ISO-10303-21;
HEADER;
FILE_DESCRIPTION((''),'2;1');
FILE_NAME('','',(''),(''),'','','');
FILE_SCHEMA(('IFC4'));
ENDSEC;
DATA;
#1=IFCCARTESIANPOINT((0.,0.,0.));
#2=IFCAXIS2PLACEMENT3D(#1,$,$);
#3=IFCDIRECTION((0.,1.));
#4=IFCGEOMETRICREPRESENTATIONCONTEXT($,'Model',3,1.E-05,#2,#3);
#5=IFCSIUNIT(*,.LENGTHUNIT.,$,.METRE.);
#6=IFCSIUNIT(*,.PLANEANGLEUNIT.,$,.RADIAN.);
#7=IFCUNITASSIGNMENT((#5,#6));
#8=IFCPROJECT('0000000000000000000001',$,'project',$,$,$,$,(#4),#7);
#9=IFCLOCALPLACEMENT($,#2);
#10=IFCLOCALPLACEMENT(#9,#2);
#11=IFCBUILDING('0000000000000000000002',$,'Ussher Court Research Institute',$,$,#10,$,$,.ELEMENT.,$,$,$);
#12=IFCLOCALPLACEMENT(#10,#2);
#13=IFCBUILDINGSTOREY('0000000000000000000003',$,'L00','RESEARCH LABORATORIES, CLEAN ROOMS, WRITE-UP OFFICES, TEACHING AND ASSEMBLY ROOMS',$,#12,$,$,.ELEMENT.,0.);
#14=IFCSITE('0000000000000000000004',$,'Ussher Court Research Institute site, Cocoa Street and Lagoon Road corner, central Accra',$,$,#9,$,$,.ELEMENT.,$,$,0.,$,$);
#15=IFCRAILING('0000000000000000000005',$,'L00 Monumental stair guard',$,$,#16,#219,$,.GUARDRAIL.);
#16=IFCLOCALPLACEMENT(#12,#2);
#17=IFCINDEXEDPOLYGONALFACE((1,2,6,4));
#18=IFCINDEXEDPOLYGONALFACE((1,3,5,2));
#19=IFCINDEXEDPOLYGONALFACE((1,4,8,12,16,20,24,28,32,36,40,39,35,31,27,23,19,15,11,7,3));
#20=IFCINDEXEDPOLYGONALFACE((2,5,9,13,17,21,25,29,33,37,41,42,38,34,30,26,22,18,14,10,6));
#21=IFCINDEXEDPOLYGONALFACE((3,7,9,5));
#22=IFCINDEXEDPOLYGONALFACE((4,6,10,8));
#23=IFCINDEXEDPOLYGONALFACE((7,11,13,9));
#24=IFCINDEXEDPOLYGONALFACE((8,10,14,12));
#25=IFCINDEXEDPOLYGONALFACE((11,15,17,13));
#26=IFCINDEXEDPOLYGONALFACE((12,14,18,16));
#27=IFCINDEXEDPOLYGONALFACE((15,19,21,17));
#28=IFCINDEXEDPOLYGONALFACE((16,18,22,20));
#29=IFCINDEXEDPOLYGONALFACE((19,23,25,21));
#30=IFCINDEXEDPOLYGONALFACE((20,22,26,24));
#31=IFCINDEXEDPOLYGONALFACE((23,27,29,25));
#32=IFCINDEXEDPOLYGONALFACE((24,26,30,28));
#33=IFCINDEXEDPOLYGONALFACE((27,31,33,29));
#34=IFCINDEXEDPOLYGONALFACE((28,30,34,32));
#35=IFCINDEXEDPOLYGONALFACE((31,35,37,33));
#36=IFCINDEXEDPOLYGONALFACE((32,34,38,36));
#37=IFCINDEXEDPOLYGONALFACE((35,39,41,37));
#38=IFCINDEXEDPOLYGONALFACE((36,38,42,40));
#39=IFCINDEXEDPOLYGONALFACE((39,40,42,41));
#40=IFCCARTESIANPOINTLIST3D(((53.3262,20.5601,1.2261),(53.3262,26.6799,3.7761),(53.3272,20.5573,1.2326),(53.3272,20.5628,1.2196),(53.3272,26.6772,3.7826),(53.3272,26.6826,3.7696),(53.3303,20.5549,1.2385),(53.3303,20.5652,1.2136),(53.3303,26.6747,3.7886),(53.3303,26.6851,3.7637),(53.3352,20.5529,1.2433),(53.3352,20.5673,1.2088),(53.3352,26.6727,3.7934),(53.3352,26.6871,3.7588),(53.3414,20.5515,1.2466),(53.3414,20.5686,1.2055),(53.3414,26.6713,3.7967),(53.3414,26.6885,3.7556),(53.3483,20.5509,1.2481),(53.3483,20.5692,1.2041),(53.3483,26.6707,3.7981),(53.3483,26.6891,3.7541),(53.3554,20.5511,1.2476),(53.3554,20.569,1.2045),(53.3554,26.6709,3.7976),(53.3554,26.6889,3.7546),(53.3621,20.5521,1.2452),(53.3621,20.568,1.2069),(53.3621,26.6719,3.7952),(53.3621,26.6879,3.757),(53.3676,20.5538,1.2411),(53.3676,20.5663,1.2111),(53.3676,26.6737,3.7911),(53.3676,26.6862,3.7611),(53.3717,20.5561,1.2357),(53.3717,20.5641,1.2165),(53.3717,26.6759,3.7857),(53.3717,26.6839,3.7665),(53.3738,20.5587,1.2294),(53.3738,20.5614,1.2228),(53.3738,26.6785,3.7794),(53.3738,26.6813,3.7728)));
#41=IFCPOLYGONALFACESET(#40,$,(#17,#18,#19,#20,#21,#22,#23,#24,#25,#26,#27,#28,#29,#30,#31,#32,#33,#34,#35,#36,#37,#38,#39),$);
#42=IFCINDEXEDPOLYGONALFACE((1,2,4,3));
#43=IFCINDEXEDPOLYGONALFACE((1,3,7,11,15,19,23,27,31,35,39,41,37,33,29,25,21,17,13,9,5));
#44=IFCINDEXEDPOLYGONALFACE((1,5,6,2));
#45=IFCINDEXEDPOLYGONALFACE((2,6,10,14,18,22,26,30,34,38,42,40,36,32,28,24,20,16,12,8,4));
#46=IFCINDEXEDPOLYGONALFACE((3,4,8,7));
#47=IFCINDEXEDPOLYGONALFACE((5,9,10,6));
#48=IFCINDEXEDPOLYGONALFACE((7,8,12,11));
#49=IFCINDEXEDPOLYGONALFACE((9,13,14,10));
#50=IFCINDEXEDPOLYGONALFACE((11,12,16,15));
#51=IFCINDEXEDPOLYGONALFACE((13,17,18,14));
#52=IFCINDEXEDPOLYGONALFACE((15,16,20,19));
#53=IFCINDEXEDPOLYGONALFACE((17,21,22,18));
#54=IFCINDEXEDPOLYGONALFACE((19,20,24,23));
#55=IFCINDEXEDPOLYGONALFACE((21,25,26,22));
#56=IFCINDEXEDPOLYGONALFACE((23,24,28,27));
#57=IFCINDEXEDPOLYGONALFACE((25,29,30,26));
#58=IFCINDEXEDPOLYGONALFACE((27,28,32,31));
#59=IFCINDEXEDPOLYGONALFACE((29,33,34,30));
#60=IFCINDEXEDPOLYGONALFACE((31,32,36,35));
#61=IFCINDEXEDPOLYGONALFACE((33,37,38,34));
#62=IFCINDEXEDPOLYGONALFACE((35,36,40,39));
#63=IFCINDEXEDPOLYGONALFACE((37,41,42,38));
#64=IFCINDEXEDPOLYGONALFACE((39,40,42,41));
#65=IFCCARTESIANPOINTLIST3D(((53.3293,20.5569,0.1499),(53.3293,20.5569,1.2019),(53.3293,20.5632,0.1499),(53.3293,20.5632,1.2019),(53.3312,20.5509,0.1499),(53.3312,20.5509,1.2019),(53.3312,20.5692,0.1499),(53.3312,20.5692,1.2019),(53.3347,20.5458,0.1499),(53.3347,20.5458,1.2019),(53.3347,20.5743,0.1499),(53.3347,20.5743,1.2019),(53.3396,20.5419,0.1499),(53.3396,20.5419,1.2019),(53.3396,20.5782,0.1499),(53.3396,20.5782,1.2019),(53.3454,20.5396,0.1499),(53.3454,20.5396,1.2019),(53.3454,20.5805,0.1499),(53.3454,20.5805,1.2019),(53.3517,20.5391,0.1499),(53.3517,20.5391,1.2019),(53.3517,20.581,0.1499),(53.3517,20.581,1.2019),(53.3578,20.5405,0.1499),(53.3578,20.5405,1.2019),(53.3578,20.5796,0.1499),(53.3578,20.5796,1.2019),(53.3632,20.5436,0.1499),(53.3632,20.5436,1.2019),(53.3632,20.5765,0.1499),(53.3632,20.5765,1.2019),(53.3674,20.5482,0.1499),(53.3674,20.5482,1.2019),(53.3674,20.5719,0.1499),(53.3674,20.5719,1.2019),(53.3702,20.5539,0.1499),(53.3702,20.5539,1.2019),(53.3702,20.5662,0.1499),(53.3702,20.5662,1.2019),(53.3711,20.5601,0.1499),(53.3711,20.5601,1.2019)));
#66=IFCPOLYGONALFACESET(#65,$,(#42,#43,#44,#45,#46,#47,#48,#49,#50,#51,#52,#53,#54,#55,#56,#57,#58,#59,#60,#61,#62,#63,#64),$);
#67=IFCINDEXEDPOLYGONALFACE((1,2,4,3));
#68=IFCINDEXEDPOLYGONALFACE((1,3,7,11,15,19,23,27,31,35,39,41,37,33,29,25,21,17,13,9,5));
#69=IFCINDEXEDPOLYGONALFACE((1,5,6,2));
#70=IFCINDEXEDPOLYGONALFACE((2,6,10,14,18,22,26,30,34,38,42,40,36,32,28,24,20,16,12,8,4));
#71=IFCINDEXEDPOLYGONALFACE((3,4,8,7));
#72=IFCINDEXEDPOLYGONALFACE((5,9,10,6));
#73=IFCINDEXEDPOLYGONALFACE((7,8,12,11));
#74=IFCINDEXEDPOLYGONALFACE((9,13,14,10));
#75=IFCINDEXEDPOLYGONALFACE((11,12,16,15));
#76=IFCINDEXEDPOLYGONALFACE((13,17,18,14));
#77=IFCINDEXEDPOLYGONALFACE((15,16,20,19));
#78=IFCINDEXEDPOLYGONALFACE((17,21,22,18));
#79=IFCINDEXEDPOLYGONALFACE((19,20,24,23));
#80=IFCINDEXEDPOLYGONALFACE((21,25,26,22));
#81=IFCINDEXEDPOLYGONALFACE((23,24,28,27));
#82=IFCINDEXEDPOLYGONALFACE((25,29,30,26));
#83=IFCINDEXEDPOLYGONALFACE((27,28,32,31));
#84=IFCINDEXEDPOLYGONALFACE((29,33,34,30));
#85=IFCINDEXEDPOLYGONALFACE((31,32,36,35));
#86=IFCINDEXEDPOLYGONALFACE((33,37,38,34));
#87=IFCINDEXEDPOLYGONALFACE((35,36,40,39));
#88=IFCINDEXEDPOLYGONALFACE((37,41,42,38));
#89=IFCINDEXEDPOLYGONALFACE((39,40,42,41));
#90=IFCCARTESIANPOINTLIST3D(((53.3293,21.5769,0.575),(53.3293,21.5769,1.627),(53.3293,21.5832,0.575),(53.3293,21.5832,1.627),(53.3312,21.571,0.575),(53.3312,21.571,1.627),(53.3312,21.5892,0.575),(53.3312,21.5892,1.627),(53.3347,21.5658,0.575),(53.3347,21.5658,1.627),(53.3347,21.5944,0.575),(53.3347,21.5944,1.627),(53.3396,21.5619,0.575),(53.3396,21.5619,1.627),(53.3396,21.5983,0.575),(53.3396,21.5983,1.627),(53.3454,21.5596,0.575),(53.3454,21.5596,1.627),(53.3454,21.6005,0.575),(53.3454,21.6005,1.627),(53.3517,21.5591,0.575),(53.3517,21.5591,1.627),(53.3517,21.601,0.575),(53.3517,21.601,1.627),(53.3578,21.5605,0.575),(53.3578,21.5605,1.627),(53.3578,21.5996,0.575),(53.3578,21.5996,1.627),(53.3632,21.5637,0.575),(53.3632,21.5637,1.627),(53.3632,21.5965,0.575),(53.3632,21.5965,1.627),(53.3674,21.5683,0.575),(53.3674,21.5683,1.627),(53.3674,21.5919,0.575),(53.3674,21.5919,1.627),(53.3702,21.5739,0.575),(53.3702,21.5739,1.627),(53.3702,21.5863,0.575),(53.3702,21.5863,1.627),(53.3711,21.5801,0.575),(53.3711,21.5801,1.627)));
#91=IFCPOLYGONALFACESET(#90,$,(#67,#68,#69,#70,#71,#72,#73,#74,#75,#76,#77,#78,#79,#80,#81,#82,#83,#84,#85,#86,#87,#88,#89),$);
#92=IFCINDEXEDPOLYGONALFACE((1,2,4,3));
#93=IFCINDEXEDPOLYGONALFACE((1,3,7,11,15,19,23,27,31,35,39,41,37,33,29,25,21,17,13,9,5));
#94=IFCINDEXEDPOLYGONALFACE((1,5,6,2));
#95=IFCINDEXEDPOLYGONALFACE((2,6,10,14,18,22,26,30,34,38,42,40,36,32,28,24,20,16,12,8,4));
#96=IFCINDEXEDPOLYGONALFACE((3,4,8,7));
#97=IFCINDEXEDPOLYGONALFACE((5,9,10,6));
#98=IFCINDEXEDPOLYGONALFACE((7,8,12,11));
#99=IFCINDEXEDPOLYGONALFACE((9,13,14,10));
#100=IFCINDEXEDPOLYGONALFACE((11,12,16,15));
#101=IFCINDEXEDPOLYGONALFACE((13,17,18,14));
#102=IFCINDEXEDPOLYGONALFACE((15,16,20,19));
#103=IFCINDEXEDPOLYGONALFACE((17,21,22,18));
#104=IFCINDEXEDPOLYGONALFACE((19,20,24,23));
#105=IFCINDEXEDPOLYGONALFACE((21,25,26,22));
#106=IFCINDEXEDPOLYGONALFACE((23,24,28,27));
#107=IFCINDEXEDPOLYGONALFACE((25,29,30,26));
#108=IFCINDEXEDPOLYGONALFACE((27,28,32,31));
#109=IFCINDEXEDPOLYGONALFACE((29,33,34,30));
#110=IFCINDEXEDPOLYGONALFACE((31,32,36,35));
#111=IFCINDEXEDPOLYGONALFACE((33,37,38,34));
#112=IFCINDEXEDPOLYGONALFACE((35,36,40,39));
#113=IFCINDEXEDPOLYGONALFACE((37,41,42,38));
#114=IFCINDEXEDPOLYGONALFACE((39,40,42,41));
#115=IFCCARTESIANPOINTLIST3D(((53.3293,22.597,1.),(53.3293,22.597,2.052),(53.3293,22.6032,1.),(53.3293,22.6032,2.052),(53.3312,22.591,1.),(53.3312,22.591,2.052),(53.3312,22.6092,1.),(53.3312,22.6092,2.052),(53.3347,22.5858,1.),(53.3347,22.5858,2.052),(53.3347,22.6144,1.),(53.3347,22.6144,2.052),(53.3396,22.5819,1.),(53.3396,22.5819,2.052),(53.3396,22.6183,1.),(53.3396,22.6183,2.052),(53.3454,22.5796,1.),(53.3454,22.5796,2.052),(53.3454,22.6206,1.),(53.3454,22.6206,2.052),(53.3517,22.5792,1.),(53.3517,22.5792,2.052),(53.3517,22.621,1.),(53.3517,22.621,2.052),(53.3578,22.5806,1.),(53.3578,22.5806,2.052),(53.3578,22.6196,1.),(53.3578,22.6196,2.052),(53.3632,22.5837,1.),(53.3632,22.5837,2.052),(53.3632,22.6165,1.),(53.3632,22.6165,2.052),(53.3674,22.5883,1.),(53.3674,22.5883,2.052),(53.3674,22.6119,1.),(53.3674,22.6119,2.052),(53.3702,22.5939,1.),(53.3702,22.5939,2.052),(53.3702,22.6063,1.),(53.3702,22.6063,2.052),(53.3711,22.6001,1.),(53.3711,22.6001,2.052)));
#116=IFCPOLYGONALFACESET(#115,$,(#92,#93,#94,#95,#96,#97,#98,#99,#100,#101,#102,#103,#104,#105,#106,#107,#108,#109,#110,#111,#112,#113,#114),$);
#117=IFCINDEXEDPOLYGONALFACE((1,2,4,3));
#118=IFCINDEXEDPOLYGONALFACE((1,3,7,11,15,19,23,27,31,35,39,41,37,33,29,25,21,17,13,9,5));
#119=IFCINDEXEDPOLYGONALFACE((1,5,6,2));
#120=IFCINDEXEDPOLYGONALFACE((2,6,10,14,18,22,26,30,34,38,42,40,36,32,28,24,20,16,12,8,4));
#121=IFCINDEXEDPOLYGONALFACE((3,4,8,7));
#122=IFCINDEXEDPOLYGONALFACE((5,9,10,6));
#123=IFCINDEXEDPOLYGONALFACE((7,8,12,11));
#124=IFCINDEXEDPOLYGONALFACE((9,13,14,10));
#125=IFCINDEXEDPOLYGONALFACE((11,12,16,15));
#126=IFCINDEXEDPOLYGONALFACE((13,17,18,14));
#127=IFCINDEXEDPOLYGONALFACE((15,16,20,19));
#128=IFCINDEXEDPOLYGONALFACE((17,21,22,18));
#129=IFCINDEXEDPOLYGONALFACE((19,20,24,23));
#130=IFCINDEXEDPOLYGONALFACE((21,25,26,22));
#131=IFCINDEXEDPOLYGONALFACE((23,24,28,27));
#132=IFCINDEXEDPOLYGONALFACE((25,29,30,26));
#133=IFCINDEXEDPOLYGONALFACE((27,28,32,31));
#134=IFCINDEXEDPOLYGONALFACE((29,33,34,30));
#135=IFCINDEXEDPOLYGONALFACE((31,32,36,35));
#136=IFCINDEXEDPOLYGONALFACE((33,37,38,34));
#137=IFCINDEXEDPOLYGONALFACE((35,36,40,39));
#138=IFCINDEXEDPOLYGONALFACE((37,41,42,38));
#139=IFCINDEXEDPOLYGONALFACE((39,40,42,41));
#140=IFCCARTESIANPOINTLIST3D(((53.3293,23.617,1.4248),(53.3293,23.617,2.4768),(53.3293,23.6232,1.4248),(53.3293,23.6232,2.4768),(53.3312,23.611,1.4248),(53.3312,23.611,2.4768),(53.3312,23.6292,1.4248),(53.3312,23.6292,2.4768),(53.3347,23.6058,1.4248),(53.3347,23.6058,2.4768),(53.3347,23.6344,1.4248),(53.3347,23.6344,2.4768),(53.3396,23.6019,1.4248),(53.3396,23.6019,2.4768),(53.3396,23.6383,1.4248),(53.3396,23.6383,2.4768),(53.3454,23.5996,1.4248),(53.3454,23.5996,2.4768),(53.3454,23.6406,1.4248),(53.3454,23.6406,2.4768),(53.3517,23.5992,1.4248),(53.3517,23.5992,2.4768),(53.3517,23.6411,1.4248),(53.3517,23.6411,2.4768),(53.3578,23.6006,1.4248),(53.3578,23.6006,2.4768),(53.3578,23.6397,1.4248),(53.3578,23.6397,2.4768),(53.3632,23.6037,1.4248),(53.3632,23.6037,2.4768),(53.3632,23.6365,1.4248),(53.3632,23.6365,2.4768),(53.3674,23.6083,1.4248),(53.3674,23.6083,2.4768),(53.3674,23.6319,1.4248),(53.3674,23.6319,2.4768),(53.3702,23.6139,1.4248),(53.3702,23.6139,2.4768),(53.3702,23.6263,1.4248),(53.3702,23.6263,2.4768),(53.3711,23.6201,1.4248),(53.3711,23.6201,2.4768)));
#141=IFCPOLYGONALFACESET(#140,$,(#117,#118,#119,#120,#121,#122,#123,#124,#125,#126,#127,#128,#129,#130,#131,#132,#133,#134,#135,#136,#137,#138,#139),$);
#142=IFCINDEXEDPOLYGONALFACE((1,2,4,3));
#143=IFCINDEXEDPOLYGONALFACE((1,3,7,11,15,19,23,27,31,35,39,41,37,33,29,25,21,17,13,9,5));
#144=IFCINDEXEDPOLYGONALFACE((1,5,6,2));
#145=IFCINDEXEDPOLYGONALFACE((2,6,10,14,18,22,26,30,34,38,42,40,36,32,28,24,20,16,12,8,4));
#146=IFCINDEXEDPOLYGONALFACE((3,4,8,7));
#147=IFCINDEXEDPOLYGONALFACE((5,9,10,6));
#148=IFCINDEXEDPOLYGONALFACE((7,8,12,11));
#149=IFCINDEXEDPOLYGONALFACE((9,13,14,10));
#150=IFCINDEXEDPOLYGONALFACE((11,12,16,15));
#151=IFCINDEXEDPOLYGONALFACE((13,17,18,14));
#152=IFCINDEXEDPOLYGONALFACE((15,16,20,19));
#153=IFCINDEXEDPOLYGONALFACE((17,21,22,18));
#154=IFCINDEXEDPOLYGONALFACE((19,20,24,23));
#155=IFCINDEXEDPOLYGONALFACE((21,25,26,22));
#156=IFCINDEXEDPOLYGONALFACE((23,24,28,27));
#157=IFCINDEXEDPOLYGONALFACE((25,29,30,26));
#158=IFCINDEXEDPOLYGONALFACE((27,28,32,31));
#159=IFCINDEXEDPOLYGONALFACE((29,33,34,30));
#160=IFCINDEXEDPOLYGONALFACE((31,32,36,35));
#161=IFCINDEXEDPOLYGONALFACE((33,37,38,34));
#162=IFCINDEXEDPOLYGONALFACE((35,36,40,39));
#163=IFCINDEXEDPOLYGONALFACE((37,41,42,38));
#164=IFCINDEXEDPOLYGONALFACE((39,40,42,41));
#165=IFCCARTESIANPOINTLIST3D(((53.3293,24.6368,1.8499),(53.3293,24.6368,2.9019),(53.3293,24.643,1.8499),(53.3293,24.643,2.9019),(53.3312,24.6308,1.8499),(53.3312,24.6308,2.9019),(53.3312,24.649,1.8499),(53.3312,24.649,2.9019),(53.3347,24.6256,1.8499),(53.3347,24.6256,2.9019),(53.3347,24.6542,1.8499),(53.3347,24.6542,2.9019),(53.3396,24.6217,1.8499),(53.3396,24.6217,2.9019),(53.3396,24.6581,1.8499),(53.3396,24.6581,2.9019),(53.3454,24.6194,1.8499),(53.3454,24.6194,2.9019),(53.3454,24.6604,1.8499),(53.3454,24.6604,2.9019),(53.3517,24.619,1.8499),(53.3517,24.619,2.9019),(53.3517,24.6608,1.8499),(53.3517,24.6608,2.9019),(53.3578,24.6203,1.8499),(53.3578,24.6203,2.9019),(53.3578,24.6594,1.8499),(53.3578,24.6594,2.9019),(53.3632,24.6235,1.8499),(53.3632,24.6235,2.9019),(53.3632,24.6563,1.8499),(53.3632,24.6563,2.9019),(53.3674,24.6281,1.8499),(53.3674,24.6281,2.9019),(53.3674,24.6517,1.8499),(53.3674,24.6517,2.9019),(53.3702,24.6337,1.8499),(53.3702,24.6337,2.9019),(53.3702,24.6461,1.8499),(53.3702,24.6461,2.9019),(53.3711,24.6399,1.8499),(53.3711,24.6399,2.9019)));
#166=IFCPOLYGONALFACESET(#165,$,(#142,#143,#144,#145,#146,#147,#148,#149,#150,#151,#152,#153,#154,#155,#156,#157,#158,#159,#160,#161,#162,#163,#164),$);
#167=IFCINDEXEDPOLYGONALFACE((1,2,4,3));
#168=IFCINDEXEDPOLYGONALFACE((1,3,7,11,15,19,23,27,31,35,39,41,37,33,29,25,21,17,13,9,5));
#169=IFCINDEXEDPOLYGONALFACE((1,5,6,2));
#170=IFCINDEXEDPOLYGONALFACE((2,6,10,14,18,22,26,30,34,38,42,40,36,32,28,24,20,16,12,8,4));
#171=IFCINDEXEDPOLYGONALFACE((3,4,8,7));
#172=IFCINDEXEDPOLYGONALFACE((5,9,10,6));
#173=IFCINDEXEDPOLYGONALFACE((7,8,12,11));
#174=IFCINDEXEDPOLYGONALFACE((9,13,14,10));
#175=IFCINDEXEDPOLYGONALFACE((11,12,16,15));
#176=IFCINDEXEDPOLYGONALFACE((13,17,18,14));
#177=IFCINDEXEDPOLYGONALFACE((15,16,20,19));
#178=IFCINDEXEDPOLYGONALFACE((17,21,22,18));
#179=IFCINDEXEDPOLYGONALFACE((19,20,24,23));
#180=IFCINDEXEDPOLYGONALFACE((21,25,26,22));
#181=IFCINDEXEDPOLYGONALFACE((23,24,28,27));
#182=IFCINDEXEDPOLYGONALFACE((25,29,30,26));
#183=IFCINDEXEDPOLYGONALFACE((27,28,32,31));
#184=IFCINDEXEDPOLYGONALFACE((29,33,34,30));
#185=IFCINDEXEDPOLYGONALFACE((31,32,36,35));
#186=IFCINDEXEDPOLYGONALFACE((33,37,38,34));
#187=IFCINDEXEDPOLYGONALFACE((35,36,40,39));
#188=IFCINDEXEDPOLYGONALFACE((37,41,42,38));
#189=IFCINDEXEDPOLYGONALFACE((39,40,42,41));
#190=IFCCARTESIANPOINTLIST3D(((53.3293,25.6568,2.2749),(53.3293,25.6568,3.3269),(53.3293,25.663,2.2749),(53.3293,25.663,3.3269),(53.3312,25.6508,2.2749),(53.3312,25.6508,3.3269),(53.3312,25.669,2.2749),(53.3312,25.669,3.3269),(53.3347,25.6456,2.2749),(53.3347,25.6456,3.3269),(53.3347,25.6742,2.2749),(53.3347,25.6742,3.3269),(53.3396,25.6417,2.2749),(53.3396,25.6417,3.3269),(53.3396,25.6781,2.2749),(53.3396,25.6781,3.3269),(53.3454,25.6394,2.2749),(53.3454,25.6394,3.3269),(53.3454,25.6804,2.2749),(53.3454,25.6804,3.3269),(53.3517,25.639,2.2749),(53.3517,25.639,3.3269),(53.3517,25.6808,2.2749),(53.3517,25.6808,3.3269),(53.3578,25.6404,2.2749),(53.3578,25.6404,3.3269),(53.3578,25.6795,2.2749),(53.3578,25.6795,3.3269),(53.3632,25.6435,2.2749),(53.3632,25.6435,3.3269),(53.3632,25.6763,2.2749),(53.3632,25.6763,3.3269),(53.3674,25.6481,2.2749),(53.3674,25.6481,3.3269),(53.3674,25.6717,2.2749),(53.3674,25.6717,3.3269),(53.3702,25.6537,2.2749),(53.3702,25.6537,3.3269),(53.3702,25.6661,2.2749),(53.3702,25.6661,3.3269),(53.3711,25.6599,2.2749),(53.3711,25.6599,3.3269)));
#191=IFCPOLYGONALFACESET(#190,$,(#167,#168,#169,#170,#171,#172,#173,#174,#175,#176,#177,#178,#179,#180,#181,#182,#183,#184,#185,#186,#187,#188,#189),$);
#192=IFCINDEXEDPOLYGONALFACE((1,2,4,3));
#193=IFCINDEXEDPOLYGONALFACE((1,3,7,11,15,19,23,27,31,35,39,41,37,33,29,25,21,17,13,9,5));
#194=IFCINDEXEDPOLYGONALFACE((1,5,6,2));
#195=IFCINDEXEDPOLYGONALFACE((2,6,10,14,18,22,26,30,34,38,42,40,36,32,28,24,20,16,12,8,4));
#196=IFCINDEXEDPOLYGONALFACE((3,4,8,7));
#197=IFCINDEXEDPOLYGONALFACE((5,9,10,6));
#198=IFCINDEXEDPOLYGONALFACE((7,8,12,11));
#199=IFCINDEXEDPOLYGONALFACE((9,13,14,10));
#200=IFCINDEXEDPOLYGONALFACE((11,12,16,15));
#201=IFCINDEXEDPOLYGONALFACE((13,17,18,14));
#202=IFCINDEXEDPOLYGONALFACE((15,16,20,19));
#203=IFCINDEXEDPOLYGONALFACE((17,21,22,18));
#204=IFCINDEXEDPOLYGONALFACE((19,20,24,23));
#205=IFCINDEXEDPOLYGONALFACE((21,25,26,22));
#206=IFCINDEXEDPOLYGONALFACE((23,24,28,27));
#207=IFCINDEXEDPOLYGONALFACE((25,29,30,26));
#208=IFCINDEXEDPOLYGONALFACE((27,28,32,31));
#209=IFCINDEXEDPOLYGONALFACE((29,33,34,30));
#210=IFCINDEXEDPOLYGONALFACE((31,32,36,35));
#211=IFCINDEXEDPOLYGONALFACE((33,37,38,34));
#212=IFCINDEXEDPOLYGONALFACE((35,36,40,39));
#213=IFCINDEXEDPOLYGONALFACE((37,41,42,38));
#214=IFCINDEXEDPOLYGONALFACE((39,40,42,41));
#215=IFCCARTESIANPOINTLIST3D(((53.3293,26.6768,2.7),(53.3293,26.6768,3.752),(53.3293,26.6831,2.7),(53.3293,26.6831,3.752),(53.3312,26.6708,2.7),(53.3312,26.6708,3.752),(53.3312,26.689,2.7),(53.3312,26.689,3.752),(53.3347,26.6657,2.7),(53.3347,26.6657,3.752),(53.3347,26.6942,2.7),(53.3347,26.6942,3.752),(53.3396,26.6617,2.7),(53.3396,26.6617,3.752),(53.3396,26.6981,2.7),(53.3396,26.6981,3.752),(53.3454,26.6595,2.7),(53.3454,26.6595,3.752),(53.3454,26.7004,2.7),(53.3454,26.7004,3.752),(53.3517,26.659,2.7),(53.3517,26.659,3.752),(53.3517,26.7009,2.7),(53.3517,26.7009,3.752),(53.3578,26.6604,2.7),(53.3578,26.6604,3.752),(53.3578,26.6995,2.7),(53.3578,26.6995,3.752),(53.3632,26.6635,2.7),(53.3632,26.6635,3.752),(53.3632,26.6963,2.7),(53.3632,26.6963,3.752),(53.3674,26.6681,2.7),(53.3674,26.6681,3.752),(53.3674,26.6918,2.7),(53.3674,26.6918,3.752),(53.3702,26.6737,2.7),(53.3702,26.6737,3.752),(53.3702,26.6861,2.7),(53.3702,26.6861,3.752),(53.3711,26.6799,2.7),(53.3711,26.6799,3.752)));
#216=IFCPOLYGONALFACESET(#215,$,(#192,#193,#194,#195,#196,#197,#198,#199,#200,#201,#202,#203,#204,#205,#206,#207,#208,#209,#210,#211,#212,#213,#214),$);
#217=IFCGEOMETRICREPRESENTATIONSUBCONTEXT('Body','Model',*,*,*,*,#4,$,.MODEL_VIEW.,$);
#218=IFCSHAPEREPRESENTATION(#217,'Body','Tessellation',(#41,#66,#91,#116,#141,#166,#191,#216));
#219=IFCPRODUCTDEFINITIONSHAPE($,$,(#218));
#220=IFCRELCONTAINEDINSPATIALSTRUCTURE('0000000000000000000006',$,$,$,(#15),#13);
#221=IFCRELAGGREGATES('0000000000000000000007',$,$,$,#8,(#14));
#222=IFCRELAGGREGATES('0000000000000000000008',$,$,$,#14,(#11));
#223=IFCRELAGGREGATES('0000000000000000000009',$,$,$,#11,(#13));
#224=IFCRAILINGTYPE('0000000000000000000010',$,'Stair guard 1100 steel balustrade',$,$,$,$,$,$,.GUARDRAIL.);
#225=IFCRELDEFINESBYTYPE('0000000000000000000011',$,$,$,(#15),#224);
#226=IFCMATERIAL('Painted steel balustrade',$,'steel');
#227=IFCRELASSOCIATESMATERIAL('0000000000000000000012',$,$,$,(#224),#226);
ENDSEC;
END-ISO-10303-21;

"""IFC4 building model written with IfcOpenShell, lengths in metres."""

from ifc_helpers import new_model, si_unit, direction, frame, origin, origin_2d, place, context, subcontext, project, spatial, circle, extrude, material, type_object, element, save


model = new_model("IFC4")

# Units and contexts
model_context = context("Model", 3, precision=1e-05, world=origin(), true_north=direction((0.0, 1.0)))
body_context = subcontext(model_context, "Body", "Model", "MODEL_VIEW")
ifc_project = project(units=[si_unit("LENGTHUNIT", "METRE"), si_unit("PLANEANGLEUNIT", "RADIAN")], contexts=[model_context])

# Site, building, storey
site_placement = place(None, origin())
site = spatial("IfcSite", under=ifc_project, at=site_placement, Name="Ussher Court Research Institute site, Cocoa Street and Lagoon Road corner, central Accra", CompositionType="ELEMENT", RefElevation=0.0)
building_placement = place(site_placement, origin())
building = spatial("IfcBuilding", under=site, at=building_placement, Name="Ussher Court Research Institute", CompositionType="ELEMENT")
storey_placement = place(building_placement, origin())
storey = spatial("IfcBuildingStorey", under=building, at=storey_placement, Name="L00", Description="RESEARCH LABORATORIES, CLEAN ROOMS, WRITE-UP OFFICES, TEACHING AND ASSEMBLY ROOMS", CompositionType="ELEMENT", Elevation=0.0)

# Railing
ifc_material_1 = material(Name="Painted steel balustrade", Category="steel")
railing_type_1 = type_object("IfcRailingType", Name="Stair guard 1100 steel balustrade", PredefinedType="GUARDRAIL", material=ifc_material_1)
for number, where, name in (
    (1, (53.3501, 20.5601, 0.1499), "L00 Monumental stair guard"),
):
    element("IfcRailing", number, at=place(storey_placement, frame(where)), inside=storey, type_object=railing_type_1, Name=name, PredefinedType="GUARDRAIL", context=body_context, shape_type="SweptSolid", body=[
        extrude(circle(Radius=0.0239, at=origin_2d()), frame((0.0, 0.0, 1.0762), z_axis=(0.0, 0.923071, 0.384628), x_axis=(-1.0, 0.0, 0.0)), (0.0, 0.0, 1.0), 6.6299),
        extrude(circle(Radius=0.021, at=origin_2d()), origin(), (0.0, 0.0, 1.0), 1.052),
        extrude(circle(Radius=0.021, at=origin_2d()), frame((0.0, 1.02, 0.425)), (0.0, 0.0, 1.0), 1.052),
        extrude(circle(Radius=0.021, at=origin_2d()), frame((0.0, 2.04, 0.8501)), (0.0, 0.0, 1.0), 1.052),
        extrude(circle(Radius=0.021, at=origin_2d()), frame((0.0, 3.0601, 1.2749)), (0.0, 0.0, 1.0), 1.052),
        extrude(circle(Radius=0.021, at=origin_2d()), frame((0.0, 4.0798, 1.7)), (0.0, 0.0, 1.0), 1.052),
        extrude(circle(Radius=0.021, at=origin_2d()), frame((0.0, 5.0999, 2.125)), (0.0, 0.0, 1.0), 1.052),
        extrude(circle(Radius=0.021, at=origin_2d()), frame((0.0, 6.1199, 2.55)), (0.0, 0.0, 1.0), 1.052),
    ])

save(model, "model.ifc")
